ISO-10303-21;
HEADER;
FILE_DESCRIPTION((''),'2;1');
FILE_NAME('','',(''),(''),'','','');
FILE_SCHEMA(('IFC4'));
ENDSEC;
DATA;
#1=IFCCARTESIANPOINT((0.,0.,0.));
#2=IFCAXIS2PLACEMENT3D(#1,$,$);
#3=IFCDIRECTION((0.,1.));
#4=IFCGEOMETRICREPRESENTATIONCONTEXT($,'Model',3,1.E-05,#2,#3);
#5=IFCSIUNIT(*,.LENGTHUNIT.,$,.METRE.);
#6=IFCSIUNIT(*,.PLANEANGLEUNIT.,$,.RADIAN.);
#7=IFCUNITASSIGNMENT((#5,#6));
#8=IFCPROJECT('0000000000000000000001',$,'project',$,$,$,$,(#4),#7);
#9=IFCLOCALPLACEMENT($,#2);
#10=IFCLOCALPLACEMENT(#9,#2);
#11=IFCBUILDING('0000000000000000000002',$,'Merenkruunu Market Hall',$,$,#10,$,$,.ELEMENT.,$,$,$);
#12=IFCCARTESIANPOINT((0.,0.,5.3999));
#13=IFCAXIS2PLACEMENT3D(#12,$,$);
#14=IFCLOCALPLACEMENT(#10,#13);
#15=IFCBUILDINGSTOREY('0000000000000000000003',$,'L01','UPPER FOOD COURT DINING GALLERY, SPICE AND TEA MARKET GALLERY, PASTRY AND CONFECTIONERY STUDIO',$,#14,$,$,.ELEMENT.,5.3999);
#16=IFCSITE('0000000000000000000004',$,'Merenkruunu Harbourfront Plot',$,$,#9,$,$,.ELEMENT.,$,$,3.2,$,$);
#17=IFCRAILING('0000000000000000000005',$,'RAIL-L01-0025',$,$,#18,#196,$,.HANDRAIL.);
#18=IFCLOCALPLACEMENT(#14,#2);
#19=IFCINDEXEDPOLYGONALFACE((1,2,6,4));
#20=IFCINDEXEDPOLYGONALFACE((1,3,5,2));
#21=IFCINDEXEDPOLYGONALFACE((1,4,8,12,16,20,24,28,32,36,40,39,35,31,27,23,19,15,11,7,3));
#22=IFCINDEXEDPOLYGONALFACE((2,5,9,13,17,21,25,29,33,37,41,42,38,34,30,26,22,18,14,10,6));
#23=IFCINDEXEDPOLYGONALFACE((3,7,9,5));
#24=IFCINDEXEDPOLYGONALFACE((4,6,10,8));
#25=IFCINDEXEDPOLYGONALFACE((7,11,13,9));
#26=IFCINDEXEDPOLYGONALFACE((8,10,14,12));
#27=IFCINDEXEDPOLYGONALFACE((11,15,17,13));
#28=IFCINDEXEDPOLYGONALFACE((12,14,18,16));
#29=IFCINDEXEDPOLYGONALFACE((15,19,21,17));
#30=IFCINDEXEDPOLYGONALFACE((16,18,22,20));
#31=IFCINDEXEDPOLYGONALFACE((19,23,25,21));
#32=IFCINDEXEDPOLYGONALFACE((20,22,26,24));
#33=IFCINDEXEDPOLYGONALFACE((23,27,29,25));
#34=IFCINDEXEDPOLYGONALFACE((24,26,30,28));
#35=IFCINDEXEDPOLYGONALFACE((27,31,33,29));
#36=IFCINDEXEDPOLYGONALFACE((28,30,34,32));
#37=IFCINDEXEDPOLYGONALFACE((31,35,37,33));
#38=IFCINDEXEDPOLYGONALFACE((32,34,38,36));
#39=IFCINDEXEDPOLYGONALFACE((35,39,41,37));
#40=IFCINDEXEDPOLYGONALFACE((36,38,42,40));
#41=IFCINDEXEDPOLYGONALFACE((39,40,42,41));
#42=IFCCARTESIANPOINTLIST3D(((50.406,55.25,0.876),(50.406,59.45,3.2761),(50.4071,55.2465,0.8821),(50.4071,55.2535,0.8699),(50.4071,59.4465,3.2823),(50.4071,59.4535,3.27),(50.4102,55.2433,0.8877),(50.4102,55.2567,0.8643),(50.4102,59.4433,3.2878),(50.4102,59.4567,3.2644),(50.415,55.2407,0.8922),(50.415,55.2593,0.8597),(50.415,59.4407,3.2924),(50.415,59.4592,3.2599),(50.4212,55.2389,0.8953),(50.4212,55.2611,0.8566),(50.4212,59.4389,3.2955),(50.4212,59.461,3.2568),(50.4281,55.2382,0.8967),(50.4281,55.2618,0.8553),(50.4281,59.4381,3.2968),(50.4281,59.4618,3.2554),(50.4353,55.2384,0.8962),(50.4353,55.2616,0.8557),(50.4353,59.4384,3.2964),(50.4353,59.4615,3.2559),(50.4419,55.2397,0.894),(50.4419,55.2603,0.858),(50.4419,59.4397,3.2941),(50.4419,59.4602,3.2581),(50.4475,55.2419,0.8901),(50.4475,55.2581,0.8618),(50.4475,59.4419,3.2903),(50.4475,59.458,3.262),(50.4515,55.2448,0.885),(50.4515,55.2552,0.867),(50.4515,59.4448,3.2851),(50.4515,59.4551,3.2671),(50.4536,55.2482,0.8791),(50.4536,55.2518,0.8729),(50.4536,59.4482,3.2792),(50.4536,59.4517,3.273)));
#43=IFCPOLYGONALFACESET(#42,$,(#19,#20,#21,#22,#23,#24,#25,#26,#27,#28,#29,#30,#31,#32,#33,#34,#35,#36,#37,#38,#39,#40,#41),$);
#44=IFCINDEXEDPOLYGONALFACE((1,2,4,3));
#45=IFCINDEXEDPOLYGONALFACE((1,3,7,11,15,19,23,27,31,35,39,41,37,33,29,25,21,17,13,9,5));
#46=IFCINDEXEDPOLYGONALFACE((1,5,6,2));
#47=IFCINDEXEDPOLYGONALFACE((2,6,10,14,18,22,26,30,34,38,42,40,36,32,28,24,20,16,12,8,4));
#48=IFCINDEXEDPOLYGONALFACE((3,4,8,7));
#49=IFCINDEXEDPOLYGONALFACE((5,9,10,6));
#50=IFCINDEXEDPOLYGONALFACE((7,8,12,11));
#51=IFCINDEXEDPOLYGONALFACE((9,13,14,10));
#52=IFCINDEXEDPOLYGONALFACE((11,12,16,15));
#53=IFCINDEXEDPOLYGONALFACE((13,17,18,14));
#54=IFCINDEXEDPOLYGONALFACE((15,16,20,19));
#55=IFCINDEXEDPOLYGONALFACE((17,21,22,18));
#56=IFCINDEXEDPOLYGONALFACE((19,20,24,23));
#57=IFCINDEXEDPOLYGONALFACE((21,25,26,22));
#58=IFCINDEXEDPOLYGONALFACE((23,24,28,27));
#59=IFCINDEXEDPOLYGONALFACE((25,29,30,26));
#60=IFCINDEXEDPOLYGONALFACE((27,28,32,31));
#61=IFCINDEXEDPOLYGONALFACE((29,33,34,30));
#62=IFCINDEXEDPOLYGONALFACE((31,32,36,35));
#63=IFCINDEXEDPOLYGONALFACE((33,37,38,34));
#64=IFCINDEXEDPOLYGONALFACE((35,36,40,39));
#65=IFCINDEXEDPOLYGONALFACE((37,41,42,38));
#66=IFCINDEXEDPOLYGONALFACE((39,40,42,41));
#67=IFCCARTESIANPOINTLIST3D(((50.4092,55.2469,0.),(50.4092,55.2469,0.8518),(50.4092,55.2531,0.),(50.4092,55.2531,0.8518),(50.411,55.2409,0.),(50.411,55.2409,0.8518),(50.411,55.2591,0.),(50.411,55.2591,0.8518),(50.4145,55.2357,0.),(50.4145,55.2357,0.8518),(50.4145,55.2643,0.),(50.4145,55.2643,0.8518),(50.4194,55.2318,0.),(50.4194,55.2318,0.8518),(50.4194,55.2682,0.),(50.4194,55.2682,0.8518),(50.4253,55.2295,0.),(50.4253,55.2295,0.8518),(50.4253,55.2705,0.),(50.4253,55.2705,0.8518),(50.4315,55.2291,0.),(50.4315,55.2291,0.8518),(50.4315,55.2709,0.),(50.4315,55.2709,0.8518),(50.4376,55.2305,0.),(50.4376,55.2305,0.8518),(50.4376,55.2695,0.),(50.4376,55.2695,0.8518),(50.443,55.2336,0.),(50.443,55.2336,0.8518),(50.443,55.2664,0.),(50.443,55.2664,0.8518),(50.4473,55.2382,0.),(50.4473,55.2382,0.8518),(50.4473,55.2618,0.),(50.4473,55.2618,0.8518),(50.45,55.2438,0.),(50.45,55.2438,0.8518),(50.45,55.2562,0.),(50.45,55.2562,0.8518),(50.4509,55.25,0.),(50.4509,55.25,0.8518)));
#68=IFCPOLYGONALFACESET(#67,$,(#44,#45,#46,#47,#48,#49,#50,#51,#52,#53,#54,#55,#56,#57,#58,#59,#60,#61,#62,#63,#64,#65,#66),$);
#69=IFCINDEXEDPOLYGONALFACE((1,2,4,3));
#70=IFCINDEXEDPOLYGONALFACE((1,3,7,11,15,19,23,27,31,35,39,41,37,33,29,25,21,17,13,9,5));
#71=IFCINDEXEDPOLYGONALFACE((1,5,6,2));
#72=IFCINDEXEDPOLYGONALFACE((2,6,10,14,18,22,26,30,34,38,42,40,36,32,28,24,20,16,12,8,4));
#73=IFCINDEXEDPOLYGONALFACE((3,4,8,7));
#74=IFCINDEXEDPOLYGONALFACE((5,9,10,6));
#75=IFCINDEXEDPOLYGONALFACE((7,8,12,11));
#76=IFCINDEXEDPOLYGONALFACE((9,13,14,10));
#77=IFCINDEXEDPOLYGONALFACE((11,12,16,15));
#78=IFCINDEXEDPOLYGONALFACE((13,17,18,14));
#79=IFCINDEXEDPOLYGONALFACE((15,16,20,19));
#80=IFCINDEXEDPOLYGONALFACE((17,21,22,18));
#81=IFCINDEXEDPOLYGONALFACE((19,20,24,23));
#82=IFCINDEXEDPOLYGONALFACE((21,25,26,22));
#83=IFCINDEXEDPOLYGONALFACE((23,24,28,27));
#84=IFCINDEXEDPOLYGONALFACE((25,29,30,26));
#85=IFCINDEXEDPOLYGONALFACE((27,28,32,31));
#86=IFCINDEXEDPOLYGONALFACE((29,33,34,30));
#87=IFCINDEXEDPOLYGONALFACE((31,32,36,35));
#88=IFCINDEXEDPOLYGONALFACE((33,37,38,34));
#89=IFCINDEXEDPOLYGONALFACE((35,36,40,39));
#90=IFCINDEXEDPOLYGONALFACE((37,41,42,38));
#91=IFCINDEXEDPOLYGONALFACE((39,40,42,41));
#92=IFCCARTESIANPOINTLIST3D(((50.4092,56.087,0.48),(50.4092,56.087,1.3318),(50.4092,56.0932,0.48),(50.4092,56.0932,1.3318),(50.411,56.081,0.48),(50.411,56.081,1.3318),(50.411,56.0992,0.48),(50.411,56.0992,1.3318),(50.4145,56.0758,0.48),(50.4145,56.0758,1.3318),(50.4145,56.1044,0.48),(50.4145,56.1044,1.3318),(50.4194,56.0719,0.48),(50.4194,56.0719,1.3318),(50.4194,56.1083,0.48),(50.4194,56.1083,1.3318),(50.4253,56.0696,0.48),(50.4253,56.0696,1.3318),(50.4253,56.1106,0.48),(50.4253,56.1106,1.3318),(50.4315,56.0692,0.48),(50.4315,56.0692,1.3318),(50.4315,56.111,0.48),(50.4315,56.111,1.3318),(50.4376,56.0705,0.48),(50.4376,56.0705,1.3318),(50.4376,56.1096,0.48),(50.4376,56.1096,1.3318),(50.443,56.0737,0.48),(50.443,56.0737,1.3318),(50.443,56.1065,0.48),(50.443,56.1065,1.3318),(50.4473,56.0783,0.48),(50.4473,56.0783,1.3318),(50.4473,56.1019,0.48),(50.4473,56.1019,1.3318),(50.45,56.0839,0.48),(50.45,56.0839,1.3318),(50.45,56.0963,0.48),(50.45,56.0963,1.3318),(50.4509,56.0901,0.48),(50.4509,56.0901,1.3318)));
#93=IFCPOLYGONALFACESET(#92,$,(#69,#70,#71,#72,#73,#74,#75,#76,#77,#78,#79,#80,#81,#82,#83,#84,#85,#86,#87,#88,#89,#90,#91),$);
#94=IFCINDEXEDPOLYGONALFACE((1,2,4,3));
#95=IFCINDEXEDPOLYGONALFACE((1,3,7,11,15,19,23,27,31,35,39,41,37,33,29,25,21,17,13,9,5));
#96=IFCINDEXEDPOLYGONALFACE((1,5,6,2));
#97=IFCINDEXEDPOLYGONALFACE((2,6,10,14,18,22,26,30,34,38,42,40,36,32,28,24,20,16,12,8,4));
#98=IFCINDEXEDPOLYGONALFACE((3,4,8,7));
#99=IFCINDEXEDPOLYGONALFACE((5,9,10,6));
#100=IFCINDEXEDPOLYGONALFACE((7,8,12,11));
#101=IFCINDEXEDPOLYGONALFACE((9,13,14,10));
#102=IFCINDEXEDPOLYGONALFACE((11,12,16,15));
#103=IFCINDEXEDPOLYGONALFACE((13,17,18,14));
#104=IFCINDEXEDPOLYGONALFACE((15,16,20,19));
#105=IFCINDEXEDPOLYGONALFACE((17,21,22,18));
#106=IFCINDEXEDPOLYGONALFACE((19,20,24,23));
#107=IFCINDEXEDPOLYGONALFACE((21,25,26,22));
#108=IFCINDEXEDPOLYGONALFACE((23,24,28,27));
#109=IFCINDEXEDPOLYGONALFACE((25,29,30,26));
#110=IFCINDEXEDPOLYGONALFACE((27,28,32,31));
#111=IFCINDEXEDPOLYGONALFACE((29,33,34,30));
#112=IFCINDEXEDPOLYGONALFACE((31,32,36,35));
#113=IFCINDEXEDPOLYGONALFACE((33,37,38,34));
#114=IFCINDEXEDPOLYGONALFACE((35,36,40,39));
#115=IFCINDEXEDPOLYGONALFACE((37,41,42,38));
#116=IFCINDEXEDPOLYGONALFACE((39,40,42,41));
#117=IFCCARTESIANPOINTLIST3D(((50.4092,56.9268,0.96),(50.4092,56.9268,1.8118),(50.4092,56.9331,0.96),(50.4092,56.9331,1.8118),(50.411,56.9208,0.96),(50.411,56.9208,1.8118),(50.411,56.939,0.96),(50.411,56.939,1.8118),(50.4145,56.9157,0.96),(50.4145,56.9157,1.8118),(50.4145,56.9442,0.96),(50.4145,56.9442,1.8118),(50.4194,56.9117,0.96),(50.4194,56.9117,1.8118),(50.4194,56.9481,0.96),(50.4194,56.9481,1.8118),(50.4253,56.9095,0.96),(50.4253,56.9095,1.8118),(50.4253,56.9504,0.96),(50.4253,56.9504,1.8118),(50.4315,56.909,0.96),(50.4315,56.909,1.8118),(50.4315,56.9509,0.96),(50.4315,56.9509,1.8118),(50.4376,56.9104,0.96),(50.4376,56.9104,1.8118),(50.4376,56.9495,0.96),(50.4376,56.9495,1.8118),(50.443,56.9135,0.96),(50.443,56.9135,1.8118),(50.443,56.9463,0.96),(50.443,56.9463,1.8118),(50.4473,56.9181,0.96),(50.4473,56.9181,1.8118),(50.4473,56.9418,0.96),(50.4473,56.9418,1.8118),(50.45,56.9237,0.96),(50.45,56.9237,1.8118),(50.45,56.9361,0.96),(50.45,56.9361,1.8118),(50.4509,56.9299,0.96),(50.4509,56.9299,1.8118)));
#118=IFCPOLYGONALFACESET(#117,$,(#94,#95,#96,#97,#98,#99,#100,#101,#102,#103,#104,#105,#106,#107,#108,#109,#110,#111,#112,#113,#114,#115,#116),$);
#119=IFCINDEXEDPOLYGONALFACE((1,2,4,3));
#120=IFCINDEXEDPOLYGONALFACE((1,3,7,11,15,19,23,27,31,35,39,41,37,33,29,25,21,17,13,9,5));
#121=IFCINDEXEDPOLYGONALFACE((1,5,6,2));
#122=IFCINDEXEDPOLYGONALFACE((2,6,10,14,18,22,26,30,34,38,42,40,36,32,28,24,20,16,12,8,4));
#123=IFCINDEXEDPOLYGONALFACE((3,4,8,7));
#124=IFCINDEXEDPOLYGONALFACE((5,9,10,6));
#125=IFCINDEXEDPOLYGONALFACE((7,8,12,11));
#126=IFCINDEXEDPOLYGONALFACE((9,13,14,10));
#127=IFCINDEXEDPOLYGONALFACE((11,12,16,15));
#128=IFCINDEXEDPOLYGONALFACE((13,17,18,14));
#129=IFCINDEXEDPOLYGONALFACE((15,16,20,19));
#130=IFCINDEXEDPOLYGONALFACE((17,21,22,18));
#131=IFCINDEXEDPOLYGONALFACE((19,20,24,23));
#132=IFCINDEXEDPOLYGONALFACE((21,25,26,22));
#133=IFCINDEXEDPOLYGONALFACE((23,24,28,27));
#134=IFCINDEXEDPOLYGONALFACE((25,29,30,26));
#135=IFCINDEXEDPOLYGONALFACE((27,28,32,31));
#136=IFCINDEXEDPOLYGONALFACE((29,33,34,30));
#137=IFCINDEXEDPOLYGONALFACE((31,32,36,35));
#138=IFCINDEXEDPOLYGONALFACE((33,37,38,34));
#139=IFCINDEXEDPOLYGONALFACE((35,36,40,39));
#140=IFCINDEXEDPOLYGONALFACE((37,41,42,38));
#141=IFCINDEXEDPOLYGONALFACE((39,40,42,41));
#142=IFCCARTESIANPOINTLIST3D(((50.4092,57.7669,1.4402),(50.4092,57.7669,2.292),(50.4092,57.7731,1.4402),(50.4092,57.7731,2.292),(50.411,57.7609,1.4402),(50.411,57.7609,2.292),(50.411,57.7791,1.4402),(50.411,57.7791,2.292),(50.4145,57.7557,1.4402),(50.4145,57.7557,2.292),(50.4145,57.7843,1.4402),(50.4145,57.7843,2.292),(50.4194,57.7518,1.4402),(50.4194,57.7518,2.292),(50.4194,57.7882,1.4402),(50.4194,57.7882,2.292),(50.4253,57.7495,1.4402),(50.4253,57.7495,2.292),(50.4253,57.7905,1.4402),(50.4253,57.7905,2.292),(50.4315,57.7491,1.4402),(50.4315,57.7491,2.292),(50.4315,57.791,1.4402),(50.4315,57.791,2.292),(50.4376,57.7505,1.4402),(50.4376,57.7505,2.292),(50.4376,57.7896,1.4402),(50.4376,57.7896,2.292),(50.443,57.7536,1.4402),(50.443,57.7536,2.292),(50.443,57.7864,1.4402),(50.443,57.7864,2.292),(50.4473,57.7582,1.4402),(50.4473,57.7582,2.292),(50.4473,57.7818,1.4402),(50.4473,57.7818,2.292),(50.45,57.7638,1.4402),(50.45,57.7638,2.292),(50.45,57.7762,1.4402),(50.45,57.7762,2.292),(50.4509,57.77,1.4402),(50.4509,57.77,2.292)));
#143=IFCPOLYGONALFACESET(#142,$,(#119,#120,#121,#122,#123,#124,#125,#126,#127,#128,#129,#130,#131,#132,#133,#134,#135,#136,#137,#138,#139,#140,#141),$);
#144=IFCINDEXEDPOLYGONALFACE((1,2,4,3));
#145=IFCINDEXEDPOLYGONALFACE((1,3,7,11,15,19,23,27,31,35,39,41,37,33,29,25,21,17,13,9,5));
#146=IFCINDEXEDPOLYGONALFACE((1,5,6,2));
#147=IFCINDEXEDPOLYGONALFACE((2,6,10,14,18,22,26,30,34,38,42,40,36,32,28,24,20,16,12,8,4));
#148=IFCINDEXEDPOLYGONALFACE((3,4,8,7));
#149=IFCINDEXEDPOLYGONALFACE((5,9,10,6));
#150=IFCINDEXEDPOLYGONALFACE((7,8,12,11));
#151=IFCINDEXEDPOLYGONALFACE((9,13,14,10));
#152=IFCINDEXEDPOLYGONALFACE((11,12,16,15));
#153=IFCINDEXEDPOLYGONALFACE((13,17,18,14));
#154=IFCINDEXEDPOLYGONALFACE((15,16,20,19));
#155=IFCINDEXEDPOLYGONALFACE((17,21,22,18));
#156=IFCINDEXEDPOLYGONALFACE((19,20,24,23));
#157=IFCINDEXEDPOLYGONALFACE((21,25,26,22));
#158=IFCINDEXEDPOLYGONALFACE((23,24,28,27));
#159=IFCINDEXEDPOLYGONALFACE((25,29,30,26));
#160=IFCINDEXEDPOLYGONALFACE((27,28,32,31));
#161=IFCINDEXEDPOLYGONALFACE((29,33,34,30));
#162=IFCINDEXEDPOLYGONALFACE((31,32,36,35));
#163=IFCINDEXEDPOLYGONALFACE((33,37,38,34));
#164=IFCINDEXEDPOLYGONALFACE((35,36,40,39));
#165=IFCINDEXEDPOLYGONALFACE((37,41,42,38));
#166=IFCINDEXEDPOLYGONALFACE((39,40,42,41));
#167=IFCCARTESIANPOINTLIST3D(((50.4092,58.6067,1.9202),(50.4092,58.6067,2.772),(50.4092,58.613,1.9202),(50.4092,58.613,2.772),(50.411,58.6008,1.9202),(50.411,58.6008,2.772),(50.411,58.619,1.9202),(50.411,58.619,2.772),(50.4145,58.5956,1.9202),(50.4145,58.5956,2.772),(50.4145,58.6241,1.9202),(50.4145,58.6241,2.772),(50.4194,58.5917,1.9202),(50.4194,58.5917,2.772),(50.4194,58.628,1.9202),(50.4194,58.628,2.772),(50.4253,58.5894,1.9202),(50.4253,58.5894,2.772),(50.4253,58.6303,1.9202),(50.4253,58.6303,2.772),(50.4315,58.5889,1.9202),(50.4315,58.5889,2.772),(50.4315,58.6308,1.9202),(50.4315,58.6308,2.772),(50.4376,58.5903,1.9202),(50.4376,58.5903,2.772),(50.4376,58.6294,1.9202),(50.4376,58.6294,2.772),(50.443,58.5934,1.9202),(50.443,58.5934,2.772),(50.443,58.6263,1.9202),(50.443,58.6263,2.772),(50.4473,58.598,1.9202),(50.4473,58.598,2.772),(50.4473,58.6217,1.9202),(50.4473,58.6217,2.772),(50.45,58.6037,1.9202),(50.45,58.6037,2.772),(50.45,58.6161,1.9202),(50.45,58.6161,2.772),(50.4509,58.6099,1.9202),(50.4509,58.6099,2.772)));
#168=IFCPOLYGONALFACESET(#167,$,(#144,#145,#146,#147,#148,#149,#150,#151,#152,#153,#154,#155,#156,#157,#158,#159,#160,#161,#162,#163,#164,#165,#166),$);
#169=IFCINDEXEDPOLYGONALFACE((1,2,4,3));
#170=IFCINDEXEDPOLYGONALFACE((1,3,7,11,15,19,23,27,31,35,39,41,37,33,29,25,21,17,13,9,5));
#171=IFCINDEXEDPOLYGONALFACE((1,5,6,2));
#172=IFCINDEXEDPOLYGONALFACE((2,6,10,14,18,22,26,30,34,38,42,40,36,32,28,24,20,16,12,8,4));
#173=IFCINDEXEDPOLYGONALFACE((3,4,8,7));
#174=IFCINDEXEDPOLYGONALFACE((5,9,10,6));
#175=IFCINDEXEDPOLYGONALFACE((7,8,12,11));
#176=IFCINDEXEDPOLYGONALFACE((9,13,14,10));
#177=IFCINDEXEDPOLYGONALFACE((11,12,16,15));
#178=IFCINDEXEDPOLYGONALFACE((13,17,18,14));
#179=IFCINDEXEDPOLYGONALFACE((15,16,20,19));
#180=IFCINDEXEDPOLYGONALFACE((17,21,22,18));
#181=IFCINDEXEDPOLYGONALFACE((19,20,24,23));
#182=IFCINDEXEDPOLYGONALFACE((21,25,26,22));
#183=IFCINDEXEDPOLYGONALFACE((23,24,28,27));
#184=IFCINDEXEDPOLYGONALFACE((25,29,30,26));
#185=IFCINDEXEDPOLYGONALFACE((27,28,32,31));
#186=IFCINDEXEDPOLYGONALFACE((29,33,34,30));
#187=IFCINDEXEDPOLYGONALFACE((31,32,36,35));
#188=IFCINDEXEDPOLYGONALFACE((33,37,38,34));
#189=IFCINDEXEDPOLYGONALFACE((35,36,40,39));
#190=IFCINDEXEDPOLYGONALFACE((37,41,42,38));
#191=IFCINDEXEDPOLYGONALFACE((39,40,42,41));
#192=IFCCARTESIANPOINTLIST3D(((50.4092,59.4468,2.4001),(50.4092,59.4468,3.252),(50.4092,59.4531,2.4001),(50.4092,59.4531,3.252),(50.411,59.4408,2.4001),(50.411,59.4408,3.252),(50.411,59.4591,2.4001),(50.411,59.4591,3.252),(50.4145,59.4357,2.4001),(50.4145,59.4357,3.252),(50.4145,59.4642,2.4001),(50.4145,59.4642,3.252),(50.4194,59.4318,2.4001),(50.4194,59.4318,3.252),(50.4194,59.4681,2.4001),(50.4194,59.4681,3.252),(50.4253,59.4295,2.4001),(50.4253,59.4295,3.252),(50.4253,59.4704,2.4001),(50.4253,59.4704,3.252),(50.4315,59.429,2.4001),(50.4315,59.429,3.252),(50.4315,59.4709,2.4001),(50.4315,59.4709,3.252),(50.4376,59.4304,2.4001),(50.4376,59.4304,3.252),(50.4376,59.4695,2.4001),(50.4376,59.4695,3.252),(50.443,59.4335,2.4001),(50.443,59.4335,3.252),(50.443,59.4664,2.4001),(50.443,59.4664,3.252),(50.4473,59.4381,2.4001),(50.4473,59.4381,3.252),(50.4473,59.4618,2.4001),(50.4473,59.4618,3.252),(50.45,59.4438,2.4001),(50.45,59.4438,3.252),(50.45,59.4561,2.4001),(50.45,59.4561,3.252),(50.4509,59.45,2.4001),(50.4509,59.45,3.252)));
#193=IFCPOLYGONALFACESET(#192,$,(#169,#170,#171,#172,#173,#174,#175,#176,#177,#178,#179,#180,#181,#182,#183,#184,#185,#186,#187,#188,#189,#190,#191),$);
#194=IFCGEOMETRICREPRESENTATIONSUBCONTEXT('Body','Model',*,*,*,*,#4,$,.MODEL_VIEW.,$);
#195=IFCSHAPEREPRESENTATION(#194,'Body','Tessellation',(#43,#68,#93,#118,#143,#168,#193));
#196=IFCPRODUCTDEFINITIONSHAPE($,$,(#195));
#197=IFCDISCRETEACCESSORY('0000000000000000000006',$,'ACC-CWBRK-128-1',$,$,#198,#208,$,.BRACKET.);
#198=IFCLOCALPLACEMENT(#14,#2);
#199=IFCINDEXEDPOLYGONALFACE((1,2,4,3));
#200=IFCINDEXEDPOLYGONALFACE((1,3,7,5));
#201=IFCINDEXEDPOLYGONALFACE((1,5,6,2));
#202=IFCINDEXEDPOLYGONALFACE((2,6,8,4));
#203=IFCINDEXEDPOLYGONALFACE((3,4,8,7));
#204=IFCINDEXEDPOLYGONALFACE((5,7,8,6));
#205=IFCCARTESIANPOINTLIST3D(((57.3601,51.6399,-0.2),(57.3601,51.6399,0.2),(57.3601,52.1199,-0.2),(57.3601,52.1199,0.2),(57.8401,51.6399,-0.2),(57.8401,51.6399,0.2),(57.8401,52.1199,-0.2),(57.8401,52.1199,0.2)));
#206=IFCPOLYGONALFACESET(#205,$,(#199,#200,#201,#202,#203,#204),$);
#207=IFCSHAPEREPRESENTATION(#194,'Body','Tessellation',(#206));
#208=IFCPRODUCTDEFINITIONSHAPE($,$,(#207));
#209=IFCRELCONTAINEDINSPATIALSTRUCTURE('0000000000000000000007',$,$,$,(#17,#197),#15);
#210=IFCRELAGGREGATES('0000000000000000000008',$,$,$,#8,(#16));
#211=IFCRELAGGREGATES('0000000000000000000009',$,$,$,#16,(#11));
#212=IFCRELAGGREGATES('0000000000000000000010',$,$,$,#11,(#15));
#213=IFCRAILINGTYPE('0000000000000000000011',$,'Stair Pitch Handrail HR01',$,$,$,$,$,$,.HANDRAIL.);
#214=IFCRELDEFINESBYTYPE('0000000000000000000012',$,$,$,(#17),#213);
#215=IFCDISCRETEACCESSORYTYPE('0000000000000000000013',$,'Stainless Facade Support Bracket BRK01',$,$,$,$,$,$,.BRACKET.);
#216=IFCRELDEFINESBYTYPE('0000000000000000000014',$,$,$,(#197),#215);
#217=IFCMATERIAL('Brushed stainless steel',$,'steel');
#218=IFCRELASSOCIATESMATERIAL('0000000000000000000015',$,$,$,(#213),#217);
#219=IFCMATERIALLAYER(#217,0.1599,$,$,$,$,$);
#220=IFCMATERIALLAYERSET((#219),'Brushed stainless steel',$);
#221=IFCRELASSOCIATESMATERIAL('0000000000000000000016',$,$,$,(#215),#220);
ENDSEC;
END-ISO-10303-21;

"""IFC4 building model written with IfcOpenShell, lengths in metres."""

from ifc_helpers import new_model, si_unit, direction, frame, origin, origin_2d, place, context, subcontext, project, spatial, rectangle, circle, extrude, material, layer, layer_set, type_object, element, save


model = new_model("IFC4")

# Units and contexts
model_context = context("Model", 3, precision=1e-05, world=origin(), true_north=direction((0.0, 1.0)))
body_context = subcontext(model_context, "Body", "Model", "MODEL_VIEW")
ifc_project = project(units=[si_unit("LENGTHUNIT", "METRE"), si_unit("PLANEANGLEUNIT", "RADIAN")], contexts=[model_context])

# Site, building, storey
site_placement = place(None, origin())
site = spatial("IfcSite", under=ifc_project, at=site_placement, Name="Merenkruunu Harbourfront Plot", CompositionType="ELEMENT", RefElevation=3.2)
building_placement = place(site_placement, origin())
building = spatial("IfcBuilding", under=site, at=building_placement, Name="Merenkruunu Market Hall", CompositionType="ELEMENT")
storey_placement = place(building_placement, frame((0.0, 0.0, 5.3999)))
storey = spatial("IfcBuildingStorey", under=building, at=storey_placement, Name="L01", Description="UPPER FOOD COURT DINING GALLERY, SPICE AND TEA MARKET GALLERY, PASTRY AND CONFECTIONERY STUDIO", CompositionType="ELEMENT", Elevation=5.3999)

# Railing
ifc_material_1 = material(Name="Brushed stainless steel", Category="steel")
railing_type_1 = type_object("IfcRailingType", Name="Stair Pitch Handrail HR01", PredefinedType="HANDRAIL", material=ifc_material_1)
railing_1_placement = place(storey_placement, frame((50.4299, 55.25, 0.0)))
element("IfcRailing", 1, at=railing_1_placement, inside=storey, type_object=railing_type_1, Name="RAIL-L01-0025", PredefinedType="HANDRAIL", context=body_context, shape_type="SweptSolid", body=[
    extrude(circle(Radius=0.0239, at=origin_2d()), frame((0.0, 0.0, 0.876), z_axis=(0.0, 0.868228, 0.496166), x_axis=(-1.0, 0.0, 0.0)), (0.0, 0.0, 1.0), 4.8374),
    extrude(circle(Radius=0.021, at=origin_2d()), origin(), (0.0, 0.0, 1.0), 0.8518),
    extrude(circle(Radius=0.021, at=origin_2d()), frame((0.0, 0.8401, 0.48)), (0.0, 0.0, 1.0), 0.8518),
    extrude(circle(Radius=0.021, at=origin_2d()), frame((0.0, 1.6799, 0.96)), (0.0, 0.0, 1.0), 0.8518),
    extrude(circle(Radius=0.021, at=origin_2d()), frame((0.0, 2.52, 1.4402)), (0.0, 0.0, 1.0), 0.8518),
    extrude(circle(Radius=0.021, at=origin_2d()), frame((0.0, 3.3599, 1.9202)), (0.0, 0.0, 1.0), 0.8518),
    extrude(circle(Radius=0.021, at=origin_2d()), frame((0.0, 4.2, 2.4001)), (0.0, 0.0, 1.0), 0.8518),
])

# Discrete accessory
ifc_layer_1 = layer(ifc_material_1, 0.1599)
ifc_layer_set_1 = layer_set([ifc_layer_1], Name="Brushed stainless steel")
discrete_accessory_type = type_object("IfcDiscreteAccessoryType", Name="Stainless Facade Support Bracket BRK01", PredefinedType="BRACKET", material=ifc_layer_set_1)
for number, where, z_axis, x_axis, name in (
    (2, (57.6001, 51.8799, -0.2), (0.0, 0.0, 1.0), (1.0, 0.0, 0.0), "ACC-CWBRK-128-1"),
):
    element("IfcDiscreteAccessory", number, at=place(storey_placement, frame(where, z_axis=z_axis, x_axis=x_axis)), inside=storey, type_object=discrete_accessory_type, Name=name, PredefinedType="BRACKET", context=body_context, shape_type="SweptSolid", body=[
        extrude(rectangle(XDim=0.48, YDim=0.48, at=origin_2d()), origin(), (0.0, 0.0, 1.0), 0.3999),
    ])

save(model, "model.ifc")
